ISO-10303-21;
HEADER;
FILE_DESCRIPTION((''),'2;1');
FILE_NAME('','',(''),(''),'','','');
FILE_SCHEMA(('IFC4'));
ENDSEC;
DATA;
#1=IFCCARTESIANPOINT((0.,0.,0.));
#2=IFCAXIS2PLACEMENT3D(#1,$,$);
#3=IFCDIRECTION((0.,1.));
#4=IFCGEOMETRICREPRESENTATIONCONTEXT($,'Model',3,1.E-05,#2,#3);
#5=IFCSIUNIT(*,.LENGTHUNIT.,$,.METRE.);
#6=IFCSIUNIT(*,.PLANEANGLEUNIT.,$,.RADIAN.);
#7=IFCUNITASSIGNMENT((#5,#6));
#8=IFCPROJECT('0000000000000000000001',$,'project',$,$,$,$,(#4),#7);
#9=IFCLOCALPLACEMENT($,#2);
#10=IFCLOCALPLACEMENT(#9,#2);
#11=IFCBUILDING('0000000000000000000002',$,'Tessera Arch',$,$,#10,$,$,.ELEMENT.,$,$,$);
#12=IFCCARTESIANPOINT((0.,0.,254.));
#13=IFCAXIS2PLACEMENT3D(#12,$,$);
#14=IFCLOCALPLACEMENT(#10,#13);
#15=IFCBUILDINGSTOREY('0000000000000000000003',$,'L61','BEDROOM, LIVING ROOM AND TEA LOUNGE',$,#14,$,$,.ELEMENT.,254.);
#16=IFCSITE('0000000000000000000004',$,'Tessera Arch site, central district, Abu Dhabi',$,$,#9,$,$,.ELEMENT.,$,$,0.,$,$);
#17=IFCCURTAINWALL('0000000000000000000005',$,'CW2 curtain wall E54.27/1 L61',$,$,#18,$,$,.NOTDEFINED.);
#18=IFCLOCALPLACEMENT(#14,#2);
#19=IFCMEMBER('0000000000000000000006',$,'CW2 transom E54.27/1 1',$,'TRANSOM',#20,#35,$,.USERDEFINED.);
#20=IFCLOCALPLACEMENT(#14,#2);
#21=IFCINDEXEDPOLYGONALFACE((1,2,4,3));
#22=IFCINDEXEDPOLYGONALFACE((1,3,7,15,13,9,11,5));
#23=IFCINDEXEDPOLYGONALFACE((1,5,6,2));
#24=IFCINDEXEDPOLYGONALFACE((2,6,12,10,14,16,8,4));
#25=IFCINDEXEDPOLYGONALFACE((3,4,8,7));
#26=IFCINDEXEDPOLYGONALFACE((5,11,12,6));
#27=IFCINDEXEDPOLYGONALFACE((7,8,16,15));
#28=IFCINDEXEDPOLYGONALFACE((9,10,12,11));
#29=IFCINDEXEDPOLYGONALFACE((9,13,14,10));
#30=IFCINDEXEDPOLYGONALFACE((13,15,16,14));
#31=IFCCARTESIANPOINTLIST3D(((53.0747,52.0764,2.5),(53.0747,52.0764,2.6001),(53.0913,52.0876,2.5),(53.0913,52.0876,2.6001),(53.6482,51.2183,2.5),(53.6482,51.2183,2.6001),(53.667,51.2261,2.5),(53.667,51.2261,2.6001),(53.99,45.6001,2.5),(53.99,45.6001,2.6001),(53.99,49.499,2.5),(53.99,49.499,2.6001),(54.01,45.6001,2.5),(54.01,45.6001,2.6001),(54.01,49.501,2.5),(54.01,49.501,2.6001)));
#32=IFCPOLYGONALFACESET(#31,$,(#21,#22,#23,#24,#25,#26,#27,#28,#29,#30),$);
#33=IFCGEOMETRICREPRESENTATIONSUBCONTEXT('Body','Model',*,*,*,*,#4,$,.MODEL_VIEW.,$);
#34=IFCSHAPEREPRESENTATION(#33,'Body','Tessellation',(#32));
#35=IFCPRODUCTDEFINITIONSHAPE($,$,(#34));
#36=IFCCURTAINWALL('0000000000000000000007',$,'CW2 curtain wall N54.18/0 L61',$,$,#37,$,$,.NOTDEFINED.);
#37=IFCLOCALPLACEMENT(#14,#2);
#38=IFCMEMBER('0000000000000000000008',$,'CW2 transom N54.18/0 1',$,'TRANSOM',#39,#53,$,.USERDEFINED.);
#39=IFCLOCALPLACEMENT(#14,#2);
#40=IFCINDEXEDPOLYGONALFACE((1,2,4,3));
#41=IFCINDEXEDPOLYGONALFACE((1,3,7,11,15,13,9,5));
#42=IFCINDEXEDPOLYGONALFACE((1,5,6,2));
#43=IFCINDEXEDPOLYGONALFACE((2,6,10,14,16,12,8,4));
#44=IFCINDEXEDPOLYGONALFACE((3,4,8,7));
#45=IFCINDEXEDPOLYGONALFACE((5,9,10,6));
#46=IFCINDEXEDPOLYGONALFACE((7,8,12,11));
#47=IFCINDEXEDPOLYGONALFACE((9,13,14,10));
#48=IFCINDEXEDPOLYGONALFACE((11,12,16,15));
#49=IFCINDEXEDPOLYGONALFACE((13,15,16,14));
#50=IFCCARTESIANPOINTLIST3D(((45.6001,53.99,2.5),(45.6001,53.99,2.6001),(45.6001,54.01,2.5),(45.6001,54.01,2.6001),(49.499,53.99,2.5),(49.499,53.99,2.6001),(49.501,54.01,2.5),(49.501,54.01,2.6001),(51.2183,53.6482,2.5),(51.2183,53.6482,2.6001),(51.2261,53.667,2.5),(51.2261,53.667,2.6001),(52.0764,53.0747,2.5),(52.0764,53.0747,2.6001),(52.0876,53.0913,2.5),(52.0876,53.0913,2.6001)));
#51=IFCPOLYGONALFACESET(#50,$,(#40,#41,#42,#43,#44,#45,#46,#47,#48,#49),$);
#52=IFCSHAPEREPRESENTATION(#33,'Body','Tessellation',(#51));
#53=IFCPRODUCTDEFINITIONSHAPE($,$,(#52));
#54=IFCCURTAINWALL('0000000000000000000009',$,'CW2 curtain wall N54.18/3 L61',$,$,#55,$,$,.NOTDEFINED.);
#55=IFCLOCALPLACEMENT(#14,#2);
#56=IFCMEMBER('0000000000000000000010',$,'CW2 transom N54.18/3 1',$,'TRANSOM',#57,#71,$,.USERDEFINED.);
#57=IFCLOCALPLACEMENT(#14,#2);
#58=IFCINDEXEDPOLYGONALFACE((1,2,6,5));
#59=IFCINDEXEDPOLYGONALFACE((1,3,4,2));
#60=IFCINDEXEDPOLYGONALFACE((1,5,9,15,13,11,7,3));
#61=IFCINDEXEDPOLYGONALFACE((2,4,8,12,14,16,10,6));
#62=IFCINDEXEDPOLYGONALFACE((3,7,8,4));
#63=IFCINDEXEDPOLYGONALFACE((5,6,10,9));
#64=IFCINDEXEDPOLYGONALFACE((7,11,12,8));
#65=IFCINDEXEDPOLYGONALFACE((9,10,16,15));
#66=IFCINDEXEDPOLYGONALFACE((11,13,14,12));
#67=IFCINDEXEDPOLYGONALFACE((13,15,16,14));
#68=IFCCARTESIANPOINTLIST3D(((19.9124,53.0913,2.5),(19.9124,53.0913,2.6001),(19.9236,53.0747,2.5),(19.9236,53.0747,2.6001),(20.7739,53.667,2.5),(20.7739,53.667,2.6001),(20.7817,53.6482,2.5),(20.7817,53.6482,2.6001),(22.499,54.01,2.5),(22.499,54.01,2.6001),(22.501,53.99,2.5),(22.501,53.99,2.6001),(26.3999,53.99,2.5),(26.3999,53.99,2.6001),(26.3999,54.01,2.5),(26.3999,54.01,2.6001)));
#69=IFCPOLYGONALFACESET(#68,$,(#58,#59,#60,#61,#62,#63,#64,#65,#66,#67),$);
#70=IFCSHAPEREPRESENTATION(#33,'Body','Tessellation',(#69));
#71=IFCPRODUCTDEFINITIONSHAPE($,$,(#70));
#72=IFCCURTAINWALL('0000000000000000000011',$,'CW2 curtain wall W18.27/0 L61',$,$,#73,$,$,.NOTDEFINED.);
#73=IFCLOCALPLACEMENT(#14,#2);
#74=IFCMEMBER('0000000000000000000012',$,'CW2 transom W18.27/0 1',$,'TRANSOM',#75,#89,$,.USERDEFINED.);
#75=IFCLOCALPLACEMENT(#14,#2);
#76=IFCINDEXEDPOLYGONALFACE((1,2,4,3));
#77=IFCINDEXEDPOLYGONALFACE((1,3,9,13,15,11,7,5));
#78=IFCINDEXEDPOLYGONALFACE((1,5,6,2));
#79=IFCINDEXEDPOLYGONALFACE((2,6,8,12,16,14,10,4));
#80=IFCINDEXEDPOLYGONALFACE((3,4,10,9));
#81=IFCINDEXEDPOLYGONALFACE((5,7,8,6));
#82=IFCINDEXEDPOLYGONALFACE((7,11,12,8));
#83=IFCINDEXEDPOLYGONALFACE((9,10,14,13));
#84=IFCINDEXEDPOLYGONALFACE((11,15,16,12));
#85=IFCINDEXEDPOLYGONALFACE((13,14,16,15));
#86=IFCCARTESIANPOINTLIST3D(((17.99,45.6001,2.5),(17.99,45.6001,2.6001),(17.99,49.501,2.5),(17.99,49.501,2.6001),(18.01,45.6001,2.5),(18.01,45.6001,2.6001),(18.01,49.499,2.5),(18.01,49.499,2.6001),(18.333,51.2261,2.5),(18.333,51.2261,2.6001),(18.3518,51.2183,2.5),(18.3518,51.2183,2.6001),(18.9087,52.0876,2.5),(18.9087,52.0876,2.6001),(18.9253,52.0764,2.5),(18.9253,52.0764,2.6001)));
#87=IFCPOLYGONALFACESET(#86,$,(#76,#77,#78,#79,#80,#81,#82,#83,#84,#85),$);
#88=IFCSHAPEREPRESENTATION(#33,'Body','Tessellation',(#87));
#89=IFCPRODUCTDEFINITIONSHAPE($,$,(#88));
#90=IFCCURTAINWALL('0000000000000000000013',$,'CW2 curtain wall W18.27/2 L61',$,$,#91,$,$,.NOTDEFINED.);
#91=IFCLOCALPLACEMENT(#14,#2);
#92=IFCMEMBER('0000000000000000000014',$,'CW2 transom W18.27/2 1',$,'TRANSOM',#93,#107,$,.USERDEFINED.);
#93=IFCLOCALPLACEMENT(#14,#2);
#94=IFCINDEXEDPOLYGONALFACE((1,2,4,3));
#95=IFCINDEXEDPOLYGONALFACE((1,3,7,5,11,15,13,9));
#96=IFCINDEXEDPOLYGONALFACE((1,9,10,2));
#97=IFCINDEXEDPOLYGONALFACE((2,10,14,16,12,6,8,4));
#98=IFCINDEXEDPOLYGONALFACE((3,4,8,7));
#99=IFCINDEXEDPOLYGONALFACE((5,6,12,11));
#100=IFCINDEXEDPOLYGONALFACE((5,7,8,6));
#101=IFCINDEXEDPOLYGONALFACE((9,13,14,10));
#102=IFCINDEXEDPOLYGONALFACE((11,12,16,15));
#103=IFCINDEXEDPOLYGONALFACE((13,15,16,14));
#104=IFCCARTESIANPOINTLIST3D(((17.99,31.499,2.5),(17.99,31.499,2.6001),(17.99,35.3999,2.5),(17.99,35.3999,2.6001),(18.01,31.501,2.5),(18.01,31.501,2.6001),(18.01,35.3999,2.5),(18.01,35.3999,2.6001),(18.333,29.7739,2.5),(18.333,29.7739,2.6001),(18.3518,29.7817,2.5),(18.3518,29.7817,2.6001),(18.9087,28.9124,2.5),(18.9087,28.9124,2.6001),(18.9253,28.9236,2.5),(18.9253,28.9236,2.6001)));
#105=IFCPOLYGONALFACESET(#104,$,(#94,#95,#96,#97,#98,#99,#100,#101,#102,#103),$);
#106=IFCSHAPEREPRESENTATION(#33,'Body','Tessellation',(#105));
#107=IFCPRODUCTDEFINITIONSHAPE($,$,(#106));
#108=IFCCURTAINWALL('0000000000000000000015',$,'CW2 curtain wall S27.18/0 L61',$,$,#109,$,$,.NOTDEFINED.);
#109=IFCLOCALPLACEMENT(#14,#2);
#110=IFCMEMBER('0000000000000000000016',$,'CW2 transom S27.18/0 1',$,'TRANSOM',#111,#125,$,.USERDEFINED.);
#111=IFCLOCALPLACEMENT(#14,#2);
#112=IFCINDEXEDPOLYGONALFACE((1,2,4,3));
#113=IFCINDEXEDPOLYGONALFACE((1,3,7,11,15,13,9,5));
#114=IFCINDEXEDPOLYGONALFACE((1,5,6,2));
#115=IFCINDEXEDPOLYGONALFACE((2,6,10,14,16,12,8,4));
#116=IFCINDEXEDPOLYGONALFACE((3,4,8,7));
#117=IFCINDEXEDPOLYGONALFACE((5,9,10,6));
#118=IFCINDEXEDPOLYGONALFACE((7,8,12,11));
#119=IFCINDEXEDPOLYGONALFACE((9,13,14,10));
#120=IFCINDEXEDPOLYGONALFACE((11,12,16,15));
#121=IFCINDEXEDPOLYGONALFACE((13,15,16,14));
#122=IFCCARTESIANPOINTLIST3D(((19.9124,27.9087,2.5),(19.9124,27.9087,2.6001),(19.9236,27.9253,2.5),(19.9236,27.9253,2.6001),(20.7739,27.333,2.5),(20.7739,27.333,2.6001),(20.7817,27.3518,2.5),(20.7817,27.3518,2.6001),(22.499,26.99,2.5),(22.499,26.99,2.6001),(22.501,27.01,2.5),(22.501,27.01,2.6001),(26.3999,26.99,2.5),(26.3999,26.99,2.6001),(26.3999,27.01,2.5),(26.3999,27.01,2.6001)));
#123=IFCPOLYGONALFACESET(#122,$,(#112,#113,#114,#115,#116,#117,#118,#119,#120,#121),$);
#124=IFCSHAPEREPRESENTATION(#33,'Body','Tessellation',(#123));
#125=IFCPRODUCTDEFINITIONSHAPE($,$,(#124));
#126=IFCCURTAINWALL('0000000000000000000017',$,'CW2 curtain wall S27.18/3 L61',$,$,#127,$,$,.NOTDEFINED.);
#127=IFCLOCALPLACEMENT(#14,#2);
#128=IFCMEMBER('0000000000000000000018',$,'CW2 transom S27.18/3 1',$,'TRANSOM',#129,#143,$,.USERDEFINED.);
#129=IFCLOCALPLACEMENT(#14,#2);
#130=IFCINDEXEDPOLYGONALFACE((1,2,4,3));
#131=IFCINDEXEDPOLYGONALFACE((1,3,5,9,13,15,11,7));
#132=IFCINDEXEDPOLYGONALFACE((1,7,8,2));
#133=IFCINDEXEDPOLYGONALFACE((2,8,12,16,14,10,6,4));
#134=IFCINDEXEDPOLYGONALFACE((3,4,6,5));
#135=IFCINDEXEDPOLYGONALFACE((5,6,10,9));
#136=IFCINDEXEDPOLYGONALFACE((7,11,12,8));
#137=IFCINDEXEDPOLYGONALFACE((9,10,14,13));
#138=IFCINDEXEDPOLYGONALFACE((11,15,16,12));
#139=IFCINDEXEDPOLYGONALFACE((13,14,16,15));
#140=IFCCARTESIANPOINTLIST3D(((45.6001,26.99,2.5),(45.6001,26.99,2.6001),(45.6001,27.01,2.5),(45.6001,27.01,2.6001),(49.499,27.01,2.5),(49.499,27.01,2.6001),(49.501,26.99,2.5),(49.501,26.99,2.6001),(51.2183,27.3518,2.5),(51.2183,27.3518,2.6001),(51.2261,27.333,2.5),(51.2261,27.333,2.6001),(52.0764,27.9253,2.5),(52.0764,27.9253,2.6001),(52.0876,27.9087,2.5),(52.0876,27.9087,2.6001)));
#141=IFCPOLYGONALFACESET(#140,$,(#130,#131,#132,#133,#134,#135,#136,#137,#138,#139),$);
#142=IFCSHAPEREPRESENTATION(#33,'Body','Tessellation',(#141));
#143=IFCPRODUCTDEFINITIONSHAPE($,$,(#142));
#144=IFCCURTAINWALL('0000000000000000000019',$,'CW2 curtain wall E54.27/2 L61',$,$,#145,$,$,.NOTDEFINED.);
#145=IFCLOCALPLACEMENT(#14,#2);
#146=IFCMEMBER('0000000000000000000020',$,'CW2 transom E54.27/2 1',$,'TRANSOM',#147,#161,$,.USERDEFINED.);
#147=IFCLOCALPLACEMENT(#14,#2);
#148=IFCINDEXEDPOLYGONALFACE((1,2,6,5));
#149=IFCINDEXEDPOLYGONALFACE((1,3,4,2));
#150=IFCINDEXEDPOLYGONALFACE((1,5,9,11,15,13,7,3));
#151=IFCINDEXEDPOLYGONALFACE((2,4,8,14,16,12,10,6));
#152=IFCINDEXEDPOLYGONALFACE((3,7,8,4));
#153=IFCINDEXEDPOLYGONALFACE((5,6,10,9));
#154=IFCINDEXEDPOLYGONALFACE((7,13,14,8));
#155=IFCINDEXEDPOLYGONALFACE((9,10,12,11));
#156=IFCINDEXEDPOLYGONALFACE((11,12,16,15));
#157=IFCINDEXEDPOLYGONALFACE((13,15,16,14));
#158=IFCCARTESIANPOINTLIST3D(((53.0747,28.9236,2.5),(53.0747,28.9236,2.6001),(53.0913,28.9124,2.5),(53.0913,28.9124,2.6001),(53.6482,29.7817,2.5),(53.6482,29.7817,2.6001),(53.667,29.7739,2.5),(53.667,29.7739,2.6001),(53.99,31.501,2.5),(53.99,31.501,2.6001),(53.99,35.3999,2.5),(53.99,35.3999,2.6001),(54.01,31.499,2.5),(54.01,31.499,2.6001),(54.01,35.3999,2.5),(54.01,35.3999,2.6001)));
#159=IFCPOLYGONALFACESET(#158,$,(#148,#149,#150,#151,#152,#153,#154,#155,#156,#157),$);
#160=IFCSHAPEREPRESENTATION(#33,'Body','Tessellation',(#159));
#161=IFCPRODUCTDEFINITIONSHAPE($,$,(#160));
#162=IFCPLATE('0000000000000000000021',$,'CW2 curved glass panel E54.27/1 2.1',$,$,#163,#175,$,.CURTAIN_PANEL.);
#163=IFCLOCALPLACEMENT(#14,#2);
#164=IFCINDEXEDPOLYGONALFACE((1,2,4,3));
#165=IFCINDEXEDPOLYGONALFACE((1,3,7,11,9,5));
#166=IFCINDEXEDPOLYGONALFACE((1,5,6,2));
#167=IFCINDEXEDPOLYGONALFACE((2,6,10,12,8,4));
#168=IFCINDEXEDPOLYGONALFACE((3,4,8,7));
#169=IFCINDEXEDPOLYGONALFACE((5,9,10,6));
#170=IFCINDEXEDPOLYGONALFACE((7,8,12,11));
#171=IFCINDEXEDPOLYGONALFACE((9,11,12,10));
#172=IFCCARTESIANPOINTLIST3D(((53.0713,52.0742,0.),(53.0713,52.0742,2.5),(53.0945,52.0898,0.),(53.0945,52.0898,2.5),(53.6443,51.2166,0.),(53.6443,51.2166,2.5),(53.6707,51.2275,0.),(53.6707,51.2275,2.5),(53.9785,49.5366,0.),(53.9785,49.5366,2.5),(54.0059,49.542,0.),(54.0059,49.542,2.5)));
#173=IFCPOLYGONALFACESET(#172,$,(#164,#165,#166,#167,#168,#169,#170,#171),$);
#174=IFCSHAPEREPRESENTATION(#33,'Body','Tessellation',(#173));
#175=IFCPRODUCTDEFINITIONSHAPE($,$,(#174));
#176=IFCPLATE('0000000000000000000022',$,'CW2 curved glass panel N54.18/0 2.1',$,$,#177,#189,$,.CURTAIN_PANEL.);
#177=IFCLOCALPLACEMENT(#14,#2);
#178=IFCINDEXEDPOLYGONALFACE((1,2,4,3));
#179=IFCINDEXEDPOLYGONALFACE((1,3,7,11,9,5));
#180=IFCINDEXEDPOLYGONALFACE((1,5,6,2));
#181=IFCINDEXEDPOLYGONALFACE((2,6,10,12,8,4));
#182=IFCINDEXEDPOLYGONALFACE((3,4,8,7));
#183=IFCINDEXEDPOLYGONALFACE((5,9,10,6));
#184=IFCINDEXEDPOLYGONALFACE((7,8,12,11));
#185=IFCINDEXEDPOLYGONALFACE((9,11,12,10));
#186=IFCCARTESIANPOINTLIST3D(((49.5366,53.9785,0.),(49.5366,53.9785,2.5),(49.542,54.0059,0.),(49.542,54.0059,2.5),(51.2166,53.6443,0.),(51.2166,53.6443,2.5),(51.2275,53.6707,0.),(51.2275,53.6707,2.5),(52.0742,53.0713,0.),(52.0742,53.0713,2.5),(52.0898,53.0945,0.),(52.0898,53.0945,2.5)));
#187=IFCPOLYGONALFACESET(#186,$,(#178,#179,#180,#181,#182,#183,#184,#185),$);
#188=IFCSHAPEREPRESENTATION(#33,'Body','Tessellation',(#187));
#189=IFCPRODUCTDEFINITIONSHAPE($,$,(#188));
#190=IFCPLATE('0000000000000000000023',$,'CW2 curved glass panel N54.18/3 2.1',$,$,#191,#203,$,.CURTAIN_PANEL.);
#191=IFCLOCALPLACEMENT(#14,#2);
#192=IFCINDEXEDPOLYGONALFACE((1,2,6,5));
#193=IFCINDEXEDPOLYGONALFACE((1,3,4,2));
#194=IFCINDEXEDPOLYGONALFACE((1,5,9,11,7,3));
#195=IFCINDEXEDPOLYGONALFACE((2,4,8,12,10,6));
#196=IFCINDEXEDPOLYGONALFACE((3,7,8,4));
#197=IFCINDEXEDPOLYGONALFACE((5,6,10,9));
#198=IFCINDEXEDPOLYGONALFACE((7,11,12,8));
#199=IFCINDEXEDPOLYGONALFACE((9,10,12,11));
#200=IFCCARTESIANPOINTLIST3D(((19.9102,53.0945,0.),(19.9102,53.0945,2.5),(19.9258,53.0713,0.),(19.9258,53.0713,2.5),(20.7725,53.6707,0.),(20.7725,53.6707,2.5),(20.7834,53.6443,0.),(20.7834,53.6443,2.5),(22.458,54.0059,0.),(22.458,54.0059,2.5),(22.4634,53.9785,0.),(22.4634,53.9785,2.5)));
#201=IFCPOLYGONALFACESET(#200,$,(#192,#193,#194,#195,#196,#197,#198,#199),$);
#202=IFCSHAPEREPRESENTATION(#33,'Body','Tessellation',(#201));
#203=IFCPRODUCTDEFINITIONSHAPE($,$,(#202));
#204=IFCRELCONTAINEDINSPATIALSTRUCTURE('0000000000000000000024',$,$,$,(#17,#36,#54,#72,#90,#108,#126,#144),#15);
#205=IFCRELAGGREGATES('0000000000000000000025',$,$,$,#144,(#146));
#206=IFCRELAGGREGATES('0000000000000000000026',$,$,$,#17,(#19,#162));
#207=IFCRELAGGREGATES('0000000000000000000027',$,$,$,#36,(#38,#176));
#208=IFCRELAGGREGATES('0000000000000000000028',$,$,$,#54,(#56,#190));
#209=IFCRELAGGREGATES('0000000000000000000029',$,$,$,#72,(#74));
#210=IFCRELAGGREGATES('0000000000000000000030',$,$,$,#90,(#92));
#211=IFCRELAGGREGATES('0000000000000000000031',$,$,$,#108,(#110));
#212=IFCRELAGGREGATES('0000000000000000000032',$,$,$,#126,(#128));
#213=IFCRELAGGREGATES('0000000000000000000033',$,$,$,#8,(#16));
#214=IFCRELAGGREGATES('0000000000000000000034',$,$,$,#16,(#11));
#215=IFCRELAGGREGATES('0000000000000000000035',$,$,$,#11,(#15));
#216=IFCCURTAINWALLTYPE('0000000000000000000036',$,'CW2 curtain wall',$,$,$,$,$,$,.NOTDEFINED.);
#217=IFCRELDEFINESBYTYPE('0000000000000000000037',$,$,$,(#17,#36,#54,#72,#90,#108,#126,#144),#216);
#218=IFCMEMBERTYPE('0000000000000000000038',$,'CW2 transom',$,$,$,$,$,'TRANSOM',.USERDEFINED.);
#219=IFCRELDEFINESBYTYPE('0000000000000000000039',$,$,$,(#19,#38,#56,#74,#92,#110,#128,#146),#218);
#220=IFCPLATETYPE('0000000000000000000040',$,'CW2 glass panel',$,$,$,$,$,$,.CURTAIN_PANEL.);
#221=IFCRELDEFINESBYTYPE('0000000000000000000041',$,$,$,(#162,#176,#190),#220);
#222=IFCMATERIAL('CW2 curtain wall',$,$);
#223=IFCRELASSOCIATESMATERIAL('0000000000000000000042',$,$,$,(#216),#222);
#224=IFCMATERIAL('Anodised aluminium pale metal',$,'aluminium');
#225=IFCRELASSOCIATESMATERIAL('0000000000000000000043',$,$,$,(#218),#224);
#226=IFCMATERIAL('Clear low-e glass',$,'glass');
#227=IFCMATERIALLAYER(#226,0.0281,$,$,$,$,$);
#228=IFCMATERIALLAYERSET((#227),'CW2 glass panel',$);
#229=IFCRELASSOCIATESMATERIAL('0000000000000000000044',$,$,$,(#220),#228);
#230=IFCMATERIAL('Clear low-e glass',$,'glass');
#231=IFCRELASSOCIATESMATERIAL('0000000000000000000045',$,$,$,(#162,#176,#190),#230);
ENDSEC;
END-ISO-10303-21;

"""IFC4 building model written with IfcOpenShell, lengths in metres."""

from ifc_helpers import new_model, si_unit, direction, frame, origin, origin_2d, place, context, subcontext, project, spatial, polyline, rectangle, outline, extrude, material, layer, layer_set, material_profile, profile_set, type_object, element, aggregate, save


model = new_model("IFC4")

# Units and contexts
model_context = context("Model", 3, precision=1e-05, world=origin(), true_north=direction((0.0, 1.0)))
body_context = subcontext(model_context, "Body", "Model", "MODEL_VIEW")
ifc_project = project(units=[si_unit("LENGTHUNIT", "METRE"), si_unit("PLANEANGLEUNIT", "RADIAN")], contexts=[model_context])

# Site, building, storey
site_placement = place(None, origin())
site = spatial("IfcSite", under=ifc_project, at=site_placement, Name="Tessera Arch site, central district, Abu Dhabi", CompositionType="ELEMENT", RefElevation=0.0)
building_placement = place(site_placement, origin())
building = spatial("IfcBuilding", under=site, at=building_placement, Name="Tessera Arch", CompositionType="ELEMENT")
storey_placement = place(building_placement, frame((0.0, 0.0, 254.0)))
storey = spatial("IfcBuildingStorey", under=building, at=storey_placement, Name="L61", Description="BEDROOM, LIVING ROOM AND TEA LOUNGE", CompositionType="ELEMENT", Elevation=254.0)

# Curtain walls, members
ifc_material_1 = material(Name="CW2 curtain wall")
curtain_wall_type = type_object("IfcCurtainWallType", Name="CW2 curtain wall", PredefinedType="NOTDEFINED", material=ifc_material_1)
curtain_wall_1_placement = place(storey_placement, origin())
curtain_wall_1 = element("IfcCurtainWall", 1, at=curtain_wall_1_placement, inside=storey, type_object=curtain_wall_type, Name="CW2 curtain wall E54.27/1 L61", PredefinedType="NOTDEFINED")
ifc_material_2 = material(Name="Anodised aluminium pale metal", Category="aluminium")
ifc_material_profile = material_profile(ifc_material_2, rectangle(XDim=0.2, YDim=0.1001, at=origin_2d()), Name="AL 200x100")
ifc_profile_set = profile_set([ifc_material_profile], Name="Anodised aluminium pale metal")
member_type = type_object("IfcMemberType", Name="CW2 transom", ElementType="TRANSOM", PredefinedType="USERDEFINED", material=ifc_profile_set)
member_1_placement = place(storey_placement, frame((0.0, 0.0, 2.5)))
member_1 = element("IfcMember", 2, at=member_1_placement, type_object=member_type, Name="CW2 transom E54.27/1 1", ObjectType="TRANSOM", PredefinedType="USERDEFINED", context=body_context, shape_type="SweptSolid", body=[
    extrude(outline(polyline([(53.99, 49.499), (53.99, 45.6001), (54.01, 45.6001), (54.01, 49.501), (53.667, 51.2261), (53.0913, 52.0876), (53.0747, 52.0764), (53.6482, 51.2183), (53.99, 49.499)])), origin(), (0.0, 0.0, 1.0), 0.1001),
])
curtain_wall_2_placement = place(storey_placement, origin())
curtain_wall_2 = element("IfcCurtainWall", 3, at=curtain_wall_2_placement, inside=storey, type_object=curtain_wall_type, Name="CW2 curtain wall N54.18/0 L61", PredefinedType="NOTDEFINED")
member_2_placement = place(storey_placement, frame((0.0, 0.0, 2.5)))
member_2 = element("IfcMember", 4, at=member_2_placement, type_object=member_type, Name="CW2 transom N54.18/0 1", ObjectType="TRANSOM", PredefinedType="USERDEFINED", context=body_context, shape_type="SweptSolid", body=[
    extrude(outline(polyline([(51.2183, 53.6482), (52.0764, 53.0747), (52.0876, 53.0913), (51.2261, 53.667), (49.501, 54.01), (45.6001, 54.01), (45.6001, 53.99), (49.499, 53.99), (51.2183, 53.6482)])), origin(), (0.0, 0.0, 1.0), 0.1001),
])
curtain_wall_3_placement = place(storey_placement, origin())
curtain_wall_3 = element("IfcCurtainWall", 5, at=curtain_wall_3_placement, inside=storey, type_object=curtain_wall_type, Name="CW2 curtain wall N54.18/3 L61", PredefinedType="NOTDEFINED")
member_3_placement = place(storey_placement, frame((0.0, 0.0, 2.5)))
member_3 = element("IfcMember", 6, at=member_3_placement, type_object=member_type, Name="CW2 transom N54.18/3 1", ObjectType="TRANSOM", PredefinedType="USERDEFINED", context=body_context, shape_type="SweptSolid", body=[
    extrude(outline(polyline([(22.501, 53.99), (26.3999, 53.99), (26.3999, 54.01), (22.499, 54.01), (20.7739, 53.667), (19.9124, 53.0913), (19.9236, 53.0747), (20.7817, 53.6482), (22.501, 53.99)])), origin(), (0.0, 0.0, 1.0), 0.1001),
])
curtain_wall_4_placement = place(storey_placement, origin())
curtain_wall_4 = element("IfcCurtainWall", 7, at=curtain_wall_4_placement, inside=storey, type_object=curtain_wall_type, Name="CW2 curtain wall W18.27/0 L61", PredefinedType="NOTDEFINED")
member_4_placement = place(storey_placement, frame((0.0, 0.0, 2.5)))
member_4 = element("IfcMember", 8, at=member_4_placement, type_object=member_type, Name="CW2 transom W18.27/0 1", ObjectType="TRANSOM", PredefinedType="USERDEFINED", context=body_context, shape_type="SweptSolid", body=[
    extrude(outline(polyline([(18.3518, 51.2183), (18.9253, 52.0764), (18.9087, 52.0876), (18.333, 51.2261), (17.99, 49.501), (17.99, 45.6001), (18.01, 45.6001), (18.01, 49.499), (18.3518, 51.2183)])), origin(), (0.0, 0.0, 1.0), 0.1001),
])
curtain_wall_5_placement = place(storey_placement, origin())
curtain_wall_5 = element("IfcCurtainWall", 9, at=curtain_wall_5_placement, inside=storey, type_object=curtain_wall_type, Name="CW2 curtain wall W18.27/2 L61", PredefinedType="NOTDEFINED")
member_5_placement = place(storey_placement, frame((0.0, 0.0, 2.5)))
member_5 = element("IfcMember", 10, at=member_5_placement, type_object=member_type, Name="CW2 transom W18.27/2 1", ObjectType="TRANSOM", PredefinedType="USERDEFINED", context=body_context, shape_type="SweptSolid", body=[
    extrude(outline(polyline([(18.01, 31.501), (18.01, 35.3999), (17.99, 35.3999), (17.99, 31.499), (18.333, 29.7739), (18.9087, 28.9124), (18.9253, 28.9236), (18.3518, 29.7817), (18.01, 31.501)])), origin(), (0.0, 0.0, 1.0), 0.1001),
])
curtain_wall_6_placement = place(storey_placement, origin())
curtain_wall_6 = element("IfcCurtainWall", 11, at=curtain_wall_6_placement, inside=storey, type_object=curtain_wall_type, Name="CW2 curtain wall S27.18/0 L61", PredefinedType="NOTDEFINED")
member_6_placement = place(storey_placement, frame((0.0, 0.0, 2.5)))
member_6 = element("IfcMember", 12, at=member_6_placement, type_object=member_type, Name="CW2 transom S27.18/0 1", ObjectType="TRANSOM", PredefinedType="USERDEFINED", context=body_context, shape_type="SweptSolid", body=[
    extrude(outline(polyline([(20.7817, 27.3518), (19.9236, 27.9253), (19.9124, 27.9087), (20.7739, 27.333), (22.499, 26.99), (26.3999, 26.99), (26.3999, 27.01), (22.501, 27.01), (20.7817, 27.3518)])), origin(), (0.0, 0.0, 1.0), 0.1001),
])
curtain_wall_7_placement = place(storey_placement, origin())
curtain_wall_7 = element("IfcCurtainWall", 13, at=curtain_wall_7_placement, inside=storey, type_object=curtain_wall_type, Name="CW2 curtain wall S27.18/3 L61", PredefinedType="NOTDEFINED")
member_7_placement = place(storey_placement, frame((0.0, 0.0, 2.5)))
member_7 = element("IfcMember", 14, at=member_7_placement, type_object=member_type, Name="CW2 transom S27.18/3 1", ObjectType="TRANSOM", PredefinedType="USERDEFINED", context=body_context, shape_type="SweptSolid", body=[
    extrude(outline(polyline([(49.499, 27.01), (45.6001, 27.01), (45.6001, 26.99), (49.501, 26.99), (51.2261, 27.333), (52.0876, 27.9087), (52.0764, 27.9253), (51.2183, 27.3518), (49.499, 27.01)])), origin(), (0.0, 0.0, 1.0), 0.1001),
])
curtain_wall_8_placement = place(storey_placement, origin())
curtain_wall_8 = element("IfcCurtainWall", 15, at=curtain_wall_8_placement, inside=storey, type_object=curtain_wall_type, Name="CW2 curtain wall E54.27/2 L61", PredefinedType="NOTDEFINED")
member_8_placement = place(storey_placement, frame((0.0, 0.0, 2.5)))
member_8 = element("IfcMember", 16, at=member_8_placement, type_object=member_type, Name="CW2 transom E54.27/2 1", ObjectType="TRANSOM", PredefinedType="USERDEFINED", context=body_context, shape_type="SweptSolid", body=[
    extrude(outline(polyline([(53.6482, 29.7817), (53.0747, 28.9236), (53.0913, 28.9124), (53.667, 29.7739), (54.01, 31.499), (54.01, 35.3999), (53.99, 35.3999), (53.99, 31.501), (53.6482, 29.7817)])), origin(), (0.0, 0.0, 1.0), 0.1001),
])

# Plates
ifc_material_3 = material(Name="Clear low-e glass", Category="glass")
ifc_material_4 = material(Name="Clear low-e glass", Category="glass")
ifc_layer_1 = layer(ifc_material_4, 0.0281)
ifc_layer_set_1 = layer_set([ifc_layer_1], Name="CW2 glass panel")
plate_type_1 = type_object("IfcPlateType", Name="CW2 glass panel", PredefinedType="CURTAIN_PANEL", material=ifc_layer_set_1)
plate_1_placement = place(storey_placement, origin())
plate_1 = element("IfcPlate", 17, at=plate_1_placement, type_object=plate_type_1, material=ifc_material_3, Name="CW2 curved glass panel E54.27/1 2.1", PredefinedType="CURTAIN_PANEL", context=body_context, shape_type="SweptSolid", body=[
    extrude(outline(polyline([(53.6443, 51.2166), (53.9785, 49.5366), (54.0059, 49.542), (53.6707, 51.2275), (53.0945, 52.0898), (53.0713, 52.0742), (53.6443, 51.2166)])), origin(), (0.0, 0.0, 1.0), 2.5),
])
plate_2_placement = place(storey_placement, origin())
plate_2 = element("IfcPlate", 18, at=plate_2_placement, type_object=plate_type_1, material=ifc_material_3, Name="CW2 curved glass panel N54.18/0 2.1", PredefinedType="CURTAIN_PANEL", context=body_context, shape_type="SweptSolid", body=[
    extrude(outline(polyline([(51.2166, 53.6443), (52.0742, 53.0713), (52.0898, 53.0945), (51.2275, 53.6707), (49.542, 54.0059), (49.5366, 53.9785), (51.2166, 53.6443)])), origin(), (0.0, 0.0, 1.0), 2.5),
])
plate_3_placement = place(storey_placement, origin())
plate_3 = element("IfcPlate", 19, at=plate_3_placement, type_object=plate_type_1, material=ifc_material_3, Name="CW2 curved glass panel N54.18/3 2.1", PredefinedType="CURTAIN_PANEL", context=body_context, shape_type="SweptSolid", body=[
    extrude(outline(polyline([(20.7834, 53.6443), (22.4634, 53.9785), (22.458, 54.0059), (20.7725, 53.6707), (19.9102, 53.0945), (19.9258, 53.0713), (20.7834, 53.6443)])), origin(), (0.0, 0.0, 1.0), 2.5),
])
aggregate(curtain_wall_8, [member_8])
aggregate(curtain_wall_1, [member_1, plate_1])
aggregate(curtain_wall_2, [member_2, plate_2])
aggregate(curtain_wall_3, [member_3, plate_3])
aggregate(curtain_wall_4, [member_4])
aggregate(curtain_wall_5, [member_5])
aggregate(curtain_wall_6, [member_6])
aggregate(curtain_wall_7, [member_7])

save(model, "model.ifc")
